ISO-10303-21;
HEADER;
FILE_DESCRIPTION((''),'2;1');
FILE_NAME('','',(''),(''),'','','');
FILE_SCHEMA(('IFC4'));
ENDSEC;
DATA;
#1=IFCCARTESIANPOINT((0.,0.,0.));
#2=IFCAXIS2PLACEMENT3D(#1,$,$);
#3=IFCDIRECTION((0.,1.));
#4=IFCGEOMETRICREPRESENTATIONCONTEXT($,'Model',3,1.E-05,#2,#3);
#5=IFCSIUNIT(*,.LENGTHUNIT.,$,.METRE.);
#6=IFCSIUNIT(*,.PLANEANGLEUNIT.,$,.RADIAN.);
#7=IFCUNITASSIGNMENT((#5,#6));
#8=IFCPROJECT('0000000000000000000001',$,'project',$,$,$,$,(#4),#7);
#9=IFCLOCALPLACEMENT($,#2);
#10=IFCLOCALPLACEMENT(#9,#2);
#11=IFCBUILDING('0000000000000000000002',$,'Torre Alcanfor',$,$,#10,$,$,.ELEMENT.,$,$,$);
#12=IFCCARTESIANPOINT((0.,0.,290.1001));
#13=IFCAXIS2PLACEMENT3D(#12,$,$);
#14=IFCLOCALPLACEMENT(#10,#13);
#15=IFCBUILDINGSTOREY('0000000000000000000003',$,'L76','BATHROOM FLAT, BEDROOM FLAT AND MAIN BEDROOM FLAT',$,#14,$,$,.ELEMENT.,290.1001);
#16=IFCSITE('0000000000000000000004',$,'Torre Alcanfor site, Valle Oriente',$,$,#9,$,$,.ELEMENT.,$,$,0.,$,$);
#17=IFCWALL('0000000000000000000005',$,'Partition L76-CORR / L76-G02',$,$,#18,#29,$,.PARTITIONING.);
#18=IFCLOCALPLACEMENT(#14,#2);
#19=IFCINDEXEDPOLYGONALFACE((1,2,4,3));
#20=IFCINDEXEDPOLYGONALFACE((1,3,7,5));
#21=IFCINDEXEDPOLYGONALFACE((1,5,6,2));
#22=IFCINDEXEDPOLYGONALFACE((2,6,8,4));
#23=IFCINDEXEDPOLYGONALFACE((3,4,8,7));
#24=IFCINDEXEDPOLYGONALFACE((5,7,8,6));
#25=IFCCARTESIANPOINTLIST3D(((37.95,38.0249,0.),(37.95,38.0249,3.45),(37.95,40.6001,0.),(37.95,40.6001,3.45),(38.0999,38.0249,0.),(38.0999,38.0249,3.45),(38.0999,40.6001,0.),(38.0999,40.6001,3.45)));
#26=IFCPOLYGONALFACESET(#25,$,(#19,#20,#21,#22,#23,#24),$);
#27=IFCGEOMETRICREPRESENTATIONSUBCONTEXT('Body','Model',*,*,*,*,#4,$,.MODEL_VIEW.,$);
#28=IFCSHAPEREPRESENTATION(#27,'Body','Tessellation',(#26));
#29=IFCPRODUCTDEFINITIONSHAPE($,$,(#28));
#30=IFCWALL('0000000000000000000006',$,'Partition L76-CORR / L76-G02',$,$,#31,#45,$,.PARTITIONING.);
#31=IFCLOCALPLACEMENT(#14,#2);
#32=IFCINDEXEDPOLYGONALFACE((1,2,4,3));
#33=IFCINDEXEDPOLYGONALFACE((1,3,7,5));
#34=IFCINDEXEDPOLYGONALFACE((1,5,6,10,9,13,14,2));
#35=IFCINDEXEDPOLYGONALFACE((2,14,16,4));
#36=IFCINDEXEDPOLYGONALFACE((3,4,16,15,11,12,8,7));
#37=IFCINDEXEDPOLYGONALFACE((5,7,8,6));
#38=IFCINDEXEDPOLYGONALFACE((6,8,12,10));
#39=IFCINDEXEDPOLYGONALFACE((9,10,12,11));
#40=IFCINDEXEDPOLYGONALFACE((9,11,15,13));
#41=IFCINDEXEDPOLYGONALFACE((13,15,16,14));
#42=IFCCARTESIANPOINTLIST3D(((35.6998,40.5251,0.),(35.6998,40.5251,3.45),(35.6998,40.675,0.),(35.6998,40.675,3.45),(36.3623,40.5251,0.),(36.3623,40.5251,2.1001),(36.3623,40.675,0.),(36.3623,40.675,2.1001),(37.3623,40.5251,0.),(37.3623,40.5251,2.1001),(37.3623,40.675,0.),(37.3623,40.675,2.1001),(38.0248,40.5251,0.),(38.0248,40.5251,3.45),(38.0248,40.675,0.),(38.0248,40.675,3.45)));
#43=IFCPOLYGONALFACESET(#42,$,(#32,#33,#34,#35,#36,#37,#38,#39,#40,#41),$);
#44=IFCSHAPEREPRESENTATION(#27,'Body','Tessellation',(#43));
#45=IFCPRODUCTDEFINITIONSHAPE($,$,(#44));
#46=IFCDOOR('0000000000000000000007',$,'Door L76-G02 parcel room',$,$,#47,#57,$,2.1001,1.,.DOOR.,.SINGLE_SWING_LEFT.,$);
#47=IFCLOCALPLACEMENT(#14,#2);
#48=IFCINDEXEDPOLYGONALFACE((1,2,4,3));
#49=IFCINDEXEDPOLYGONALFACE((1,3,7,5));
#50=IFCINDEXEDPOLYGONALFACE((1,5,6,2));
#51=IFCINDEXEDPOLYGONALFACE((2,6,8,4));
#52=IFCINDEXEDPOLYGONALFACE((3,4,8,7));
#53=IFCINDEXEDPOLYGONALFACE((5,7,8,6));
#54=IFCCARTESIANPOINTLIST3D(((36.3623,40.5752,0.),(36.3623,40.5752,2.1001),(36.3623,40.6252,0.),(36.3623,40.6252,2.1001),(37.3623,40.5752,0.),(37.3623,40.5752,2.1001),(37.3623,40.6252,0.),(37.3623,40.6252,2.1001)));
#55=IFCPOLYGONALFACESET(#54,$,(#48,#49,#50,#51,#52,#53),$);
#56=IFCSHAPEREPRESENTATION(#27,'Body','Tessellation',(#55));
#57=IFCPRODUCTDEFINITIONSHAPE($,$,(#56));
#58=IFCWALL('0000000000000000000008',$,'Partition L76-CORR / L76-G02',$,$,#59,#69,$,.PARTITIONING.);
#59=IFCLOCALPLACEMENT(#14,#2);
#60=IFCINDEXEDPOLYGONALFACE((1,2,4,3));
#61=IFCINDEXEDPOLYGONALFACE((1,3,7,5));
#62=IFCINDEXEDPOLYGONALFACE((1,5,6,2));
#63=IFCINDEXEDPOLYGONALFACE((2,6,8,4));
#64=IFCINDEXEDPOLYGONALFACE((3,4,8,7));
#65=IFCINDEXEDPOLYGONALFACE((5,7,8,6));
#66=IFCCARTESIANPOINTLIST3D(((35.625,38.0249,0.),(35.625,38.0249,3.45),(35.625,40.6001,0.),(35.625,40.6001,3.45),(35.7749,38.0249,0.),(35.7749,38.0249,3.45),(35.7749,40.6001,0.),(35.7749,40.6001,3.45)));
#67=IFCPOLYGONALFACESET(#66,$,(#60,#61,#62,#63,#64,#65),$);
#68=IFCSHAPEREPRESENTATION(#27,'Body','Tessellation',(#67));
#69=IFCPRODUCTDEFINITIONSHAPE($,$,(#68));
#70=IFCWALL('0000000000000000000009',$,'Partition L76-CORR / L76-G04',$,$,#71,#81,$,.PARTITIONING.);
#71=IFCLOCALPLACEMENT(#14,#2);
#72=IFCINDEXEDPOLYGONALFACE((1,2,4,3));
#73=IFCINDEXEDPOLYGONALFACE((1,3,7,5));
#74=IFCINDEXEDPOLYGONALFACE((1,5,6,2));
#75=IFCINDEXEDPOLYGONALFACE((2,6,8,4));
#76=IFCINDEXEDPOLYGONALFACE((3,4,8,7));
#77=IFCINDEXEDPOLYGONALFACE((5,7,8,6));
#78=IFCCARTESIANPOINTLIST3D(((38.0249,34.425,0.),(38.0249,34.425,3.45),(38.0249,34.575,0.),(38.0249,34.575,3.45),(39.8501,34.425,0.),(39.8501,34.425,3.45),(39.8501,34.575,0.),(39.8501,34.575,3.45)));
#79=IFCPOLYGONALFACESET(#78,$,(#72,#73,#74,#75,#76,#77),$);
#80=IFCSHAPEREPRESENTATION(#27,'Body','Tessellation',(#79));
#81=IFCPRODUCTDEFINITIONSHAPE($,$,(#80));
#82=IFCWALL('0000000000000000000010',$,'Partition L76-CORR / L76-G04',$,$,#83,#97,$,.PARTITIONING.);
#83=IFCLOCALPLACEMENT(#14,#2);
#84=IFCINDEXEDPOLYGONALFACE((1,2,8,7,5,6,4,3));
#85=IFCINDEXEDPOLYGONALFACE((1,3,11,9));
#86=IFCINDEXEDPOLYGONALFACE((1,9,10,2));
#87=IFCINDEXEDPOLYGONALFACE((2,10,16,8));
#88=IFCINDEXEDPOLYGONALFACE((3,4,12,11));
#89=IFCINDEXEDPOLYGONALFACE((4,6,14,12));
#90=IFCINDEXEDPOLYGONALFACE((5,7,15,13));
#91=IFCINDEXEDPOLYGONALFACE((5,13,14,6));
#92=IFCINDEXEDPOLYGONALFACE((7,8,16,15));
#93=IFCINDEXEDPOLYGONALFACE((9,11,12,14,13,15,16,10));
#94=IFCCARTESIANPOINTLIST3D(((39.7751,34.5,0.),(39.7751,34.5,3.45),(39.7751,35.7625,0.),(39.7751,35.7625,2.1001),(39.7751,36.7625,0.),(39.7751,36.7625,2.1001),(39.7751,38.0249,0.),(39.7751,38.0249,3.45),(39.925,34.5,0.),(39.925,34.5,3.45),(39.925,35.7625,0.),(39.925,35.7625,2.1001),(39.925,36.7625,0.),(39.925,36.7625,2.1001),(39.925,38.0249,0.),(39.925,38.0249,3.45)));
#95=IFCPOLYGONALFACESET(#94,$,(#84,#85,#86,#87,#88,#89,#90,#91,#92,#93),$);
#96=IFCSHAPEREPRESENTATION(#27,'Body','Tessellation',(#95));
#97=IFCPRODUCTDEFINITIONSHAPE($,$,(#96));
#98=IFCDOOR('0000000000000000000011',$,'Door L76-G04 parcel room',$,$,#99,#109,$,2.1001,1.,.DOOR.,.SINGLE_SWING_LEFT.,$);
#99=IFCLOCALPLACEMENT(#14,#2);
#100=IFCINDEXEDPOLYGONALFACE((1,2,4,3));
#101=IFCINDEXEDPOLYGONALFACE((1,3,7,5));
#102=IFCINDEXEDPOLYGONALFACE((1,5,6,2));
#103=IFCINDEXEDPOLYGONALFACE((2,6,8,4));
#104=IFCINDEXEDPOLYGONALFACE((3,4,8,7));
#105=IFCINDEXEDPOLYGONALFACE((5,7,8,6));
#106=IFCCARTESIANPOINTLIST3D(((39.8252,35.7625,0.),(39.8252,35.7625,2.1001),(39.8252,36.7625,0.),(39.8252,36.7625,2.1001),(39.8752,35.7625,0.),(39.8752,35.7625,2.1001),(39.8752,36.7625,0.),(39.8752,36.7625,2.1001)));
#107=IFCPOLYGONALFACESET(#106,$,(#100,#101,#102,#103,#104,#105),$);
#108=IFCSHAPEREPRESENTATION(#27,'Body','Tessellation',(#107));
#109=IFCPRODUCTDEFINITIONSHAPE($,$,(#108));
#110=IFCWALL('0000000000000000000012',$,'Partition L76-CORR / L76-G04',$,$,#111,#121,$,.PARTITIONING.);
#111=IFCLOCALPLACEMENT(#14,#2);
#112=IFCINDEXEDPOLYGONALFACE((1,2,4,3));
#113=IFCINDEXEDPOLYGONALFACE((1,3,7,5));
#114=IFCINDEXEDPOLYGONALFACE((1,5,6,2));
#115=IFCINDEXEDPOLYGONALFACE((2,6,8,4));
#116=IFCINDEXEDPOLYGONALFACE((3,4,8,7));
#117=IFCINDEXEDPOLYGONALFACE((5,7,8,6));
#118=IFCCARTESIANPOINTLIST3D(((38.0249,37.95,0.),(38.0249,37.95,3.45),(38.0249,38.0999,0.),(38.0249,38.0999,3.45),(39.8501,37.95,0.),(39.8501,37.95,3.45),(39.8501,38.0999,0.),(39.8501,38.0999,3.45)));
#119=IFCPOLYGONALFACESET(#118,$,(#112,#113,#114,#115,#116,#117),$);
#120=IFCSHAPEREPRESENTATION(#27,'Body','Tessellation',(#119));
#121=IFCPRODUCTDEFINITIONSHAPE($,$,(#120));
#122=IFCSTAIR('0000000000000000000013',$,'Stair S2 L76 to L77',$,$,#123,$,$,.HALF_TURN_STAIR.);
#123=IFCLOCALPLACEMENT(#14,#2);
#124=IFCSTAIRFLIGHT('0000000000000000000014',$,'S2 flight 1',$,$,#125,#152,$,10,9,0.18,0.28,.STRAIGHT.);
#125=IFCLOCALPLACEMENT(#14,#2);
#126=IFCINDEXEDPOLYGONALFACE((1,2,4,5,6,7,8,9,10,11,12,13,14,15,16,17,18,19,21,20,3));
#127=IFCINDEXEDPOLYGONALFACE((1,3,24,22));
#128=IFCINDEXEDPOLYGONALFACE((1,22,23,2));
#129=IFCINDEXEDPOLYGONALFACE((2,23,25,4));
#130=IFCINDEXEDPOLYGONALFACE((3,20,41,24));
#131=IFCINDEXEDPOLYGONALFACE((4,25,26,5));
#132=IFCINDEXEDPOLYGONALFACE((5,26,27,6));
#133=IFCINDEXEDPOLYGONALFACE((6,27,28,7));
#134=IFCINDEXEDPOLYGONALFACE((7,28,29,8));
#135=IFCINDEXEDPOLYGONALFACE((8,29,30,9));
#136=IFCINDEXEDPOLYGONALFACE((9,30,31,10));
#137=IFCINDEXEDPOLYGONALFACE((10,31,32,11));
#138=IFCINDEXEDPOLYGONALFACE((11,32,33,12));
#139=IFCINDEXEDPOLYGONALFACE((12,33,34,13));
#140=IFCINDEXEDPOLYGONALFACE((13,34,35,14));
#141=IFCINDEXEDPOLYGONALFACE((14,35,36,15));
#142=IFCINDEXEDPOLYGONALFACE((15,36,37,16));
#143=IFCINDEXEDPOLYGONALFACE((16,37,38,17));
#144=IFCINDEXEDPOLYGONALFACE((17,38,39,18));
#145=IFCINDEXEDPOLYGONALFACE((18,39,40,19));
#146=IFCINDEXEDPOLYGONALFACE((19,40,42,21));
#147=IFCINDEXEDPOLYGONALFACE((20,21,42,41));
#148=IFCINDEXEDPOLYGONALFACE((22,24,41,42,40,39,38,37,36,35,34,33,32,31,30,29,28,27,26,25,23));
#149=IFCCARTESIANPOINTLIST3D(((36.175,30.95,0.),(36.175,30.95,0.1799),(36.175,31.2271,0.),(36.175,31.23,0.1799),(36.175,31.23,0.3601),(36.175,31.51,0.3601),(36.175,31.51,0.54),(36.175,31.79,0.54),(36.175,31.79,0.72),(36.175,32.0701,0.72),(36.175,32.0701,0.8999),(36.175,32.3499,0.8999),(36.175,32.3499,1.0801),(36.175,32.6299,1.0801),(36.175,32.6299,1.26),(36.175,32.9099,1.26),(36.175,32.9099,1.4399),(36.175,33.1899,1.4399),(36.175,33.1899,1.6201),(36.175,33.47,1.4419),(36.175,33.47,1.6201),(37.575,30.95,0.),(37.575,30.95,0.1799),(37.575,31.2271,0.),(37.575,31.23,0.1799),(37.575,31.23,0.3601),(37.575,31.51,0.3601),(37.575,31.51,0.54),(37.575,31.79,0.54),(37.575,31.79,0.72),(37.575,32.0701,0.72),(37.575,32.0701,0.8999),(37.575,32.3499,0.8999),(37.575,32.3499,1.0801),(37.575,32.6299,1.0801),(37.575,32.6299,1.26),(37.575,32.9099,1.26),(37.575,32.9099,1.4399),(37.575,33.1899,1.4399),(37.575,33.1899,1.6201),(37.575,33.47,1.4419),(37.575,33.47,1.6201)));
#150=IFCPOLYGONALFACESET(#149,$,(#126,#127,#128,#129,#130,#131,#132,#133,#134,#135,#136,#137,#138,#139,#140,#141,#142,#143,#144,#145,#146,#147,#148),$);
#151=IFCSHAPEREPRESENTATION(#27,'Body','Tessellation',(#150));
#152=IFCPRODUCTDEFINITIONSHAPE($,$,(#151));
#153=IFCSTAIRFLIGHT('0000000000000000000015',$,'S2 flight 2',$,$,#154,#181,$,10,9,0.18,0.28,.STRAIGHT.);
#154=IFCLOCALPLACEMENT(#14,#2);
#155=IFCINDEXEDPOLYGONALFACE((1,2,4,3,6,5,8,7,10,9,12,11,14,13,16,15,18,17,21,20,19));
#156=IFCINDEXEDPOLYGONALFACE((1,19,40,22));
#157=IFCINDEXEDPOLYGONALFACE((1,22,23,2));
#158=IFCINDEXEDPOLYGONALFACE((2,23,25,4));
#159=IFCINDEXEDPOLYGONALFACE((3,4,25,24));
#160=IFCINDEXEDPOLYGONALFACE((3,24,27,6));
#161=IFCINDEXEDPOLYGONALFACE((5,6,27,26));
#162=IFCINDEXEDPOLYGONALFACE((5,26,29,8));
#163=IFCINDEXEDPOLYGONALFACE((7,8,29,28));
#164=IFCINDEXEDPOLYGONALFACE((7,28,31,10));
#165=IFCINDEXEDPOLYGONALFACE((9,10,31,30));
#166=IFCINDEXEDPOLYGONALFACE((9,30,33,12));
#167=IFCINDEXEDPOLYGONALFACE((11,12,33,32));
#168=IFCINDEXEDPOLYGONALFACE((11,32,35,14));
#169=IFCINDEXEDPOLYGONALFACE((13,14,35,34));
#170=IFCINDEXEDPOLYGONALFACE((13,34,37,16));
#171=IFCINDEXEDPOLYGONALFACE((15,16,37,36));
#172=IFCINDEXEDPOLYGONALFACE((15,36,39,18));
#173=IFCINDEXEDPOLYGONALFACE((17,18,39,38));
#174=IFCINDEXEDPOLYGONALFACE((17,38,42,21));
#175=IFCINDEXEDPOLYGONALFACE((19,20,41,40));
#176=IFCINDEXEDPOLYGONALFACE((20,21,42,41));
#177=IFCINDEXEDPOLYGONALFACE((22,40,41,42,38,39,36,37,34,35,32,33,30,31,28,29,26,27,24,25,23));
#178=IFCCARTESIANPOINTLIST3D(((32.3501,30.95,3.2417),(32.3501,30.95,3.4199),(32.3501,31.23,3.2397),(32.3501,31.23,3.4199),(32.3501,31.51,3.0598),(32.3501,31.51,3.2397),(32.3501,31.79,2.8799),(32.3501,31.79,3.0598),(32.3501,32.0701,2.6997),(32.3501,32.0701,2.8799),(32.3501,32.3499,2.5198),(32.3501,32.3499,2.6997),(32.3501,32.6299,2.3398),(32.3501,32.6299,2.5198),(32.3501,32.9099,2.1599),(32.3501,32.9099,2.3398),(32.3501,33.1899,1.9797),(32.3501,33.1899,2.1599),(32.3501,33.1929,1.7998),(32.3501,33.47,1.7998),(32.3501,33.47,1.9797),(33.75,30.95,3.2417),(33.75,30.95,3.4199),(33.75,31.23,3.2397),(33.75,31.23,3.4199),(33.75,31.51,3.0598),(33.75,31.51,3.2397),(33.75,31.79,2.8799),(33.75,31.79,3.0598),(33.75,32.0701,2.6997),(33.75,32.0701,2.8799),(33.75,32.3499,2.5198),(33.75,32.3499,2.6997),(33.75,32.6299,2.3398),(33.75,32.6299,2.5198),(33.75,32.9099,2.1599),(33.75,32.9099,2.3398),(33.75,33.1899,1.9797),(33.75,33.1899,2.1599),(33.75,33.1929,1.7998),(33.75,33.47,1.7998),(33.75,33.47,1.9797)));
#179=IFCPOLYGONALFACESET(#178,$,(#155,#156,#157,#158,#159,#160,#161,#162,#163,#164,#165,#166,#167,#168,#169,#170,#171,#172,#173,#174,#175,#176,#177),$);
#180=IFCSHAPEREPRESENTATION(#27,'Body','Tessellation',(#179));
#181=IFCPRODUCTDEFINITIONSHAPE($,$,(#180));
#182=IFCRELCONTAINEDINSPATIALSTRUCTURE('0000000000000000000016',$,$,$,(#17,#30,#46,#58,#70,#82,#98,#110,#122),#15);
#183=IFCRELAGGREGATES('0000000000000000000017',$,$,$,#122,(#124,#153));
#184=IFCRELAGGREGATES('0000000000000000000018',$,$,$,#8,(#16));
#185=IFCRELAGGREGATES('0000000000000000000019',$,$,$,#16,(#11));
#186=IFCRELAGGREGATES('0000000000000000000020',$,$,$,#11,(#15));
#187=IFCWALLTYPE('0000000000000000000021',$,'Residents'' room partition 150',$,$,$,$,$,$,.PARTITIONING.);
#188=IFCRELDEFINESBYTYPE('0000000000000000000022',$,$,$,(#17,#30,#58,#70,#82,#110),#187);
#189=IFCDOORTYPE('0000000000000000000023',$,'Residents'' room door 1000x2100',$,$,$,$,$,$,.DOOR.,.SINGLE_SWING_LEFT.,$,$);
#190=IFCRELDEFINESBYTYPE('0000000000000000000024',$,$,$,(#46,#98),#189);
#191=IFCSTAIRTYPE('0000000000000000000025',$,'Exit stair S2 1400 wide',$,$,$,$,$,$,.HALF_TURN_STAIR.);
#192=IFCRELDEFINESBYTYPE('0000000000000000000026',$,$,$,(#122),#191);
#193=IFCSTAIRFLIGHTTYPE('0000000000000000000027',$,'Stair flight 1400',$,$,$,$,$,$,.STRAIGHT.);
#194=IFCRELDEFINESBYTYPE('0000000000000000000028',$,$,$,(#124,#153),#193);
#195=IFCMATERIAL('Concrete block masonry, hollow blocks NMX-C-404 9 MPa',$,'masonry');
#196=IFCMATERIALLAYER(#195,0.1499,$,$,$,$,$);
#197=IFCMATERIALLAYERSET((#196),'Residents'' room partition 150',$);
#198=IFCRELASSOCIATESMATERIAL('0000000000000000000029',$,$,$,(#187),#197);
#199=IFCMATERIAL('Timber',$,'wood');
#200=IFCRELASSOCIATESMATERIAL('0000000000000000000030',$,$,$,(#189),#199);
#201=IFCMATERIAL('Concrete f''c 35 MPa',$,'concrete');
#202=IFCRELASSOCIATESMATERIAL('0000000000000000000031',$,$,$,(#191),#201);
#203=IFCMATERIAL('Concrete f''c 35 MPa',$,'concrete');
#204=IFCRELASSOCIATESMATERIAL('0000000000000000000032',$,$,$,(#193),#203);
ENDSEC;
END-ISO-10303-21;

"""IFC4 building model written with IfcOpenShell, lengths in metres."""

from ifc_helpers import new_model, si_unit, direction, frame, frame_2d, origin, place, context, subcontext, project, spatial, polyline, rectangle, outline, extrude, material, layer, layer_set, type_object, element, fill, aggregate, save


model = new_model("IFC4")

# Units and contexts
model_context = context("Model", 3, precision=1e-05, world=origin(), true_north=direction((0.0, 1.0)))
body_context = subcontext(model_context, "Body", "Model", "MODEL_VIEW")
ifc_project = project(units=[si_unit("LENGTHUNIT", "METRE"), si_unit("PLANEANGLEUNIT", "RADIAN")], contexts=[model_context])

# Site, building, storey
site_placement = place(None, origin())
site = spatial("IfcSite", under=ifc_project, at=site_placement, Name="Torre Alcanfor site, Valle Oriente", CompositionType="ELEMENT", RefElevation=0.0)
building_placement = place(site_placement, origin())
building = spatial("IfcBuilding", under=site, at=building_placement, Name="Torre Alcanfor", CompositionType="ELEMENT")
storey_placement = place(building_placement, frame((0.0, 0.0, 290.1001)))
storey = spatial("IfcBuildingStorey", under=building, at=storey_placement, Name="L76", Description="BATHROOM FLAT, BEDROOM FLAT AND MAIN BEDROOM FLAT", CompositionType="ELEMENT", Elevation=290.1001)

# Wall
ifc_material_1 = material(Name="Concrete block masonry, hollow blocks NMX-C-404 9 MPa", Category="masonry")
ifc_layer_1 = layer(ifc_material_1, 0.1499)
ifc_layer_set_1 = layer_set([ifc_layer_1], Name="Residents' room partition 150")
wall_type_1 = type_object("IfcWallType", Name="Residents' room partition 150", PredefinedType="PARTITIONING", material=ifc_layer_set_1)
wall_1_placement = place(storey_placement, frame((38.0249, 38.0249, 0.0), z_axis=(0.0, 0.0, 1.0), x_axis=(0.0, 1.0, 0.0)))
element("IfcWall", 1, at=wall_1_placement, inside=storey, type_object=wall_type_1, Name="Partition L76-CORR / L76-G02", PredefinedType="PARTITIONING", context=body_context, shape_type="SweptSolid", body=[
    extrude(rectangle(XDim=2.5752, YDim=0.1499, at=frame_2d((1.2876, 0.0))), origin(), (0.0, 0.0, 1.0), 3.45),
])

# Wall, opening, door
wall_2_placement = place(storey_placement, frame((38.0249, 40.6001, 0.0), z_axis=(0.0, 0.0, 1.0), x_axis=(-1.0, 0.0, 0.0)))
wall_2 = element("IfcWall", 2, at=wall_2_placement, inside=storey, type_object=wall_type_1, Name="Partition L76-CORR / L76-G02", PredefinedType="PARTITIONING", context=body_context, shape_type="SweptSolid", body=[
    extrude(rectangle(XDim=2.325, YDim=0.1499, at=frame_2d((1.1626, 0.0))), origin(), (0.0, 0.0, 1.0), 3.45),
])
opening_1_placement = place(wall_2_placement, frame((0.6626, 0.0, 0.0)))
opening_1 = element("IfcOpeningElement", 3, at=opening_1_placement, cuts=wall_2, PredefinedType="OPENING", context=body_context, shape_type="SweptSolid", body=[
    extrude(rectangle(XDim=1.0, YDim=2.1001, at=frame_2d((0.5, 1.05))), frame((0.0, 0.085, 0.0), z_axis=(0.0, -1.0, 0.0), x_axis=(1.0, 0.0, 0.0)), (0.0, 0.0, 1.0), 0.1699),
])
ifc_material_2 = material(Name="Timber", Category="wood")
door_type = type_object("IfcDoorType", Name="Residents' room door 1000x2100", OperationType="SINGLE_SWING_LEFT", PredefinedType="DOOR", material=ifc_material_2)
door_1_placement = place(opening_1_placement, origin())
door_1 = element("IfcDoor", 4, at=door_1_placement, inside=storey, type_object=door_type, Name="Door L76-G02 parcel room", OperationType="SINGLE_SWING_LEFT", OverallHeight=2.1001, OverallWidth=1.0, PredefinedType="DOOR", context=body_context, shape_type="SweptSolid", body=[
    extrude(rectangle(XDim=1.0, YDim=2.1001, at=frame_2d((0.5, 1.05))), frame((0.0, 0.0249, 0.0), z_axis=(0.0, -1.0, 0.0), x_axis=(1.0, 0.0, 0.0)), (0.0, 0.0, 1.0), 0.05),
])
fill(opening_1, door_1)

# Walls
wall_3_placement = place(storey_placement, frame((35.7, 40.6001, 0.0), z_axis=(0.0, 0.0, 1.0), x_axis=(0.0, -1.0, 0.0)))
element("IfcWall", 5, at=wall_3_placement, inside=storey, type_object=wall_type_1, Name="Partition L76-CORR / L76-G02", PredefinedType="PARTITIONING", context=body_context, shape_type="SweptSolid", body=[
    extrude(rectangle(XDim=2.5752, YDim=0.1499, at=frame_2d((1.2876, 0.0))), origin(), (0.0, 0.0, 1.0), 3.45),
])
wall_4_placement = place(storey_placement, frame((38.0249, 34.5, 0.0), z_axis=(0.0, 0.0, 1.0), x_axis=(1.0, 0.0, 0.0)))
element("IfcWall", 6, at=wall_4_placement, inside=storey, type_object=wall_type_1, Name="Partition L76-CORR / L76-G04", PredefinedType="PARTITIONING", context=body_context, shape_type="SweptSolid", body=[
    extrude(rectangle(XDim=1.8252, YDim=0.1499, at=frame_2d((0.9126, 0.0))), origin(), (0.0, 0.0, 1.0), 3.45),
])

# Wall, opening, door
wall_5_placement = place(storey_placement, frame((39.8501, 34.5, 0.0), z_axis=(0.0, 0.0, 1.0), x_axis=(0.0, 1.0, 0.0)))
wall_5 = element("IfcWall", 7, at=wall_5_placement, inside=storey, type_object=wall_type_1, Name="Partition L76-CORR / L76-G04", PredefinedType="PARTITIONING", context=body_context, shape_type="SweptSolid", body=[
    extrude(rectangle(XDim=3.5249, YDim=0.1499, at=frame_2d((1.7625, 0.0))), origin(), (0.0, 0.0, 1.0), 3.45),
])
opening_2_placement = place(wall_5_placement, frame((1.2625, 0.0, 0.0)))
opening_2 = element("IfcOpeningElement", 8, at=opening_2_placement, cuts=wall_5, PredefinedType="OPENING", context=body_context, shape_type="SweptSolid", body=[
    extrude(rectangle(XDim=1.0, YDim=2.1001, at=frame_2d((0.5, 1.05))), frame((0.0, 0.085, 0.0), z_axis=(0.0, -1.0, 0.0), x_axis=(1.0, 0.0, 0.0)), (0.0, 0.0, 1.0), 0.1699),
])
door_2_placement = place(opening_2_placement, origin())
door_2 = element("IfcDoor", 9, at=door_2_placement, inside=storey, type_object=door_type, Name="Door L76-G04 parcel room", OperationType="SINGLE_SWING_LEFT", OverallHeight=2.1001, OverallWidth=1.0, PredefinedType="DOOR", context=body_context, shape_type="SweptSolid", body=[
    extrude(rectangle(XDim=1.0, YDim=2.1001, at=frame_2d((0.5, 1.05))), frame((0.0, 0.0249, 0.0), z_axis=(0.0, -1.0, 0.0), x_axis=(1.0, 0.0, 0.0)), (0.0, 0.0, 1.0), 0.05),
])
fill(opening_2, door_2)

# Wall
wall_6_placement = place(storey_placement, frame((39.8501, 38.0249, 0.0), z_axis=(0.0, 0.0, 1.0), x_axis=(-1.0, 0.0, 0.0)))
element("IfcWall", 10, at=wall_6_placement, inside=storey, type_object=wall_type_1, Name="Partition L76-CORR / L76-G04", PredefinedType="PARTITIONING", context=body_context, shape_type="SweptSolid", body=[
    extrude(rectangle(XDim=1.8252, YDim=0.1499, at=frame_2d((0.9126, 0.0))), origin(), (0.0, 0.0, 1.0), 3.45),
])

# Stair, stair flights
ifc_material_3 = material(Name="Concrete f'c 35 MPa", Category="concrete")
stair_type = type_object("IfcStairType", Name="Exit stair S2 1400 wide", PredefinedType="HALF_TURN_STAIR", material=ifc_material_3)
stair_placement = place(storey_placement, origin())
stair = element("IfcStair", 11, at=stair_placement, inside=storey, type_object=stair_type, Name="Stair S2 L76 to L77", PredefinedType="HALF_TURN_STAIR")
ifc_material_4 = material(Name="Concrete f'c 35 MPa", Category="concrete")
stair_flight_type = type_object("IfcStairFlightType", Name="Stair flight 1400", PredefinedType="STRAIGHT", material=ifc_material_4)
stair_flight_1_placement = place(storey_placement, frame((36.875, 30.95, 0.0), z_axis=(0.0, 0.0, 1.0), x_axis=(0.0, 1.0, 0.0)))
stair_flight_1 = element("IfcStairFlight", 12, at=stair_flight_1_placement, type_object=stair_flight_type, Name="S2 flight 1", NumberOfRisers=10, NumberOfTreads=9, PredefinedType="STRAIGHT", RiserHeight=0.18, TreadLength=0.28, context=body_context, shape_type="SweptSolid", body=[
    extrude(outline(polyline([(0.0, 0.0), (0.0, 0.1799), (0.28, 0.1799), (0.28, 0.3601), (0.5601, 0.3601), (0.5601, 0.54), (0.8401, 0.54), (0.8401, 0.72), (1.1201, 0.72), (1.1201, 0.8999), (1.3999, 0.8999), (1.3999, 1.0801), (1.6799, 1.0801), (1.6799, 1.26), (1.96, 1.26), (1.96, 1.4399), (2.24, 1.4399), (2.24, 1.6201), (2.52, 1.6201), (2.52, 1.8), (2.52, 1.4419), (0.2771, 0.0), (0.0, 0.0)])), frame((0.0, 0.7, 0.0), z_axis=(0.0, -1.0, 0.0), x_axis=(1.0, 0.0, 0.0)), (0.0, 0.0, 1.0), 1.3999),
])
stair_flight_2_placement = place(storey_placement, frame((33.05, 33.47, 1.7998), z_axis=(0.0, 0.0, 1.0), x_axis=(0.0, -1.0, 0.0)))
stair_flight_2 = element("IfcStairFlight", 13, at=stair_flight_2_placement, type_object=stair_flight_type, Name="S2 flight 2", NumberOfRisers=10, NumberOfTreads=9, PredefinedType="STRAIGHT", RiserHeight=0.18, TreadLength=0.28, context=body_context, shape_type="SweptSolid", body=[
    extrude(outline(polyline([(0.0, 0.0), (0.0, 0.1799), (0.28, 0.1799), (0.28, 0.3601), (0.5601, 0.3601), (0.5601, 0.54), (0.8401, 0.54), (0.8401, 0.72), (1.1201, 0.72), (1.1201, 0.8999), (1.3999, 0.8999), (1.3999, 1.0801), (1.6799, 1.0801), (1.6799, 1.26), (1.96, 1.26), (1.96, 1.4399), (2.24, 1.4399), (2.24, 1.6201), (2.52, 1.6201), (2.52, 1.8), (2.52, 1.4419), (0.2771, 0.0), (0.0, 0.0)])), frame((0.0, 0.7, 0.0), z_axis=(0.0, -1.0, 0.0), x_axis=(1.0, 0.0, 0.0)), (0.0, 0.0, 1.0), 1.3999),
])
aggregate(stair, [stair_flight_1, stair_flight_2])

save(model, "model.ifc")
